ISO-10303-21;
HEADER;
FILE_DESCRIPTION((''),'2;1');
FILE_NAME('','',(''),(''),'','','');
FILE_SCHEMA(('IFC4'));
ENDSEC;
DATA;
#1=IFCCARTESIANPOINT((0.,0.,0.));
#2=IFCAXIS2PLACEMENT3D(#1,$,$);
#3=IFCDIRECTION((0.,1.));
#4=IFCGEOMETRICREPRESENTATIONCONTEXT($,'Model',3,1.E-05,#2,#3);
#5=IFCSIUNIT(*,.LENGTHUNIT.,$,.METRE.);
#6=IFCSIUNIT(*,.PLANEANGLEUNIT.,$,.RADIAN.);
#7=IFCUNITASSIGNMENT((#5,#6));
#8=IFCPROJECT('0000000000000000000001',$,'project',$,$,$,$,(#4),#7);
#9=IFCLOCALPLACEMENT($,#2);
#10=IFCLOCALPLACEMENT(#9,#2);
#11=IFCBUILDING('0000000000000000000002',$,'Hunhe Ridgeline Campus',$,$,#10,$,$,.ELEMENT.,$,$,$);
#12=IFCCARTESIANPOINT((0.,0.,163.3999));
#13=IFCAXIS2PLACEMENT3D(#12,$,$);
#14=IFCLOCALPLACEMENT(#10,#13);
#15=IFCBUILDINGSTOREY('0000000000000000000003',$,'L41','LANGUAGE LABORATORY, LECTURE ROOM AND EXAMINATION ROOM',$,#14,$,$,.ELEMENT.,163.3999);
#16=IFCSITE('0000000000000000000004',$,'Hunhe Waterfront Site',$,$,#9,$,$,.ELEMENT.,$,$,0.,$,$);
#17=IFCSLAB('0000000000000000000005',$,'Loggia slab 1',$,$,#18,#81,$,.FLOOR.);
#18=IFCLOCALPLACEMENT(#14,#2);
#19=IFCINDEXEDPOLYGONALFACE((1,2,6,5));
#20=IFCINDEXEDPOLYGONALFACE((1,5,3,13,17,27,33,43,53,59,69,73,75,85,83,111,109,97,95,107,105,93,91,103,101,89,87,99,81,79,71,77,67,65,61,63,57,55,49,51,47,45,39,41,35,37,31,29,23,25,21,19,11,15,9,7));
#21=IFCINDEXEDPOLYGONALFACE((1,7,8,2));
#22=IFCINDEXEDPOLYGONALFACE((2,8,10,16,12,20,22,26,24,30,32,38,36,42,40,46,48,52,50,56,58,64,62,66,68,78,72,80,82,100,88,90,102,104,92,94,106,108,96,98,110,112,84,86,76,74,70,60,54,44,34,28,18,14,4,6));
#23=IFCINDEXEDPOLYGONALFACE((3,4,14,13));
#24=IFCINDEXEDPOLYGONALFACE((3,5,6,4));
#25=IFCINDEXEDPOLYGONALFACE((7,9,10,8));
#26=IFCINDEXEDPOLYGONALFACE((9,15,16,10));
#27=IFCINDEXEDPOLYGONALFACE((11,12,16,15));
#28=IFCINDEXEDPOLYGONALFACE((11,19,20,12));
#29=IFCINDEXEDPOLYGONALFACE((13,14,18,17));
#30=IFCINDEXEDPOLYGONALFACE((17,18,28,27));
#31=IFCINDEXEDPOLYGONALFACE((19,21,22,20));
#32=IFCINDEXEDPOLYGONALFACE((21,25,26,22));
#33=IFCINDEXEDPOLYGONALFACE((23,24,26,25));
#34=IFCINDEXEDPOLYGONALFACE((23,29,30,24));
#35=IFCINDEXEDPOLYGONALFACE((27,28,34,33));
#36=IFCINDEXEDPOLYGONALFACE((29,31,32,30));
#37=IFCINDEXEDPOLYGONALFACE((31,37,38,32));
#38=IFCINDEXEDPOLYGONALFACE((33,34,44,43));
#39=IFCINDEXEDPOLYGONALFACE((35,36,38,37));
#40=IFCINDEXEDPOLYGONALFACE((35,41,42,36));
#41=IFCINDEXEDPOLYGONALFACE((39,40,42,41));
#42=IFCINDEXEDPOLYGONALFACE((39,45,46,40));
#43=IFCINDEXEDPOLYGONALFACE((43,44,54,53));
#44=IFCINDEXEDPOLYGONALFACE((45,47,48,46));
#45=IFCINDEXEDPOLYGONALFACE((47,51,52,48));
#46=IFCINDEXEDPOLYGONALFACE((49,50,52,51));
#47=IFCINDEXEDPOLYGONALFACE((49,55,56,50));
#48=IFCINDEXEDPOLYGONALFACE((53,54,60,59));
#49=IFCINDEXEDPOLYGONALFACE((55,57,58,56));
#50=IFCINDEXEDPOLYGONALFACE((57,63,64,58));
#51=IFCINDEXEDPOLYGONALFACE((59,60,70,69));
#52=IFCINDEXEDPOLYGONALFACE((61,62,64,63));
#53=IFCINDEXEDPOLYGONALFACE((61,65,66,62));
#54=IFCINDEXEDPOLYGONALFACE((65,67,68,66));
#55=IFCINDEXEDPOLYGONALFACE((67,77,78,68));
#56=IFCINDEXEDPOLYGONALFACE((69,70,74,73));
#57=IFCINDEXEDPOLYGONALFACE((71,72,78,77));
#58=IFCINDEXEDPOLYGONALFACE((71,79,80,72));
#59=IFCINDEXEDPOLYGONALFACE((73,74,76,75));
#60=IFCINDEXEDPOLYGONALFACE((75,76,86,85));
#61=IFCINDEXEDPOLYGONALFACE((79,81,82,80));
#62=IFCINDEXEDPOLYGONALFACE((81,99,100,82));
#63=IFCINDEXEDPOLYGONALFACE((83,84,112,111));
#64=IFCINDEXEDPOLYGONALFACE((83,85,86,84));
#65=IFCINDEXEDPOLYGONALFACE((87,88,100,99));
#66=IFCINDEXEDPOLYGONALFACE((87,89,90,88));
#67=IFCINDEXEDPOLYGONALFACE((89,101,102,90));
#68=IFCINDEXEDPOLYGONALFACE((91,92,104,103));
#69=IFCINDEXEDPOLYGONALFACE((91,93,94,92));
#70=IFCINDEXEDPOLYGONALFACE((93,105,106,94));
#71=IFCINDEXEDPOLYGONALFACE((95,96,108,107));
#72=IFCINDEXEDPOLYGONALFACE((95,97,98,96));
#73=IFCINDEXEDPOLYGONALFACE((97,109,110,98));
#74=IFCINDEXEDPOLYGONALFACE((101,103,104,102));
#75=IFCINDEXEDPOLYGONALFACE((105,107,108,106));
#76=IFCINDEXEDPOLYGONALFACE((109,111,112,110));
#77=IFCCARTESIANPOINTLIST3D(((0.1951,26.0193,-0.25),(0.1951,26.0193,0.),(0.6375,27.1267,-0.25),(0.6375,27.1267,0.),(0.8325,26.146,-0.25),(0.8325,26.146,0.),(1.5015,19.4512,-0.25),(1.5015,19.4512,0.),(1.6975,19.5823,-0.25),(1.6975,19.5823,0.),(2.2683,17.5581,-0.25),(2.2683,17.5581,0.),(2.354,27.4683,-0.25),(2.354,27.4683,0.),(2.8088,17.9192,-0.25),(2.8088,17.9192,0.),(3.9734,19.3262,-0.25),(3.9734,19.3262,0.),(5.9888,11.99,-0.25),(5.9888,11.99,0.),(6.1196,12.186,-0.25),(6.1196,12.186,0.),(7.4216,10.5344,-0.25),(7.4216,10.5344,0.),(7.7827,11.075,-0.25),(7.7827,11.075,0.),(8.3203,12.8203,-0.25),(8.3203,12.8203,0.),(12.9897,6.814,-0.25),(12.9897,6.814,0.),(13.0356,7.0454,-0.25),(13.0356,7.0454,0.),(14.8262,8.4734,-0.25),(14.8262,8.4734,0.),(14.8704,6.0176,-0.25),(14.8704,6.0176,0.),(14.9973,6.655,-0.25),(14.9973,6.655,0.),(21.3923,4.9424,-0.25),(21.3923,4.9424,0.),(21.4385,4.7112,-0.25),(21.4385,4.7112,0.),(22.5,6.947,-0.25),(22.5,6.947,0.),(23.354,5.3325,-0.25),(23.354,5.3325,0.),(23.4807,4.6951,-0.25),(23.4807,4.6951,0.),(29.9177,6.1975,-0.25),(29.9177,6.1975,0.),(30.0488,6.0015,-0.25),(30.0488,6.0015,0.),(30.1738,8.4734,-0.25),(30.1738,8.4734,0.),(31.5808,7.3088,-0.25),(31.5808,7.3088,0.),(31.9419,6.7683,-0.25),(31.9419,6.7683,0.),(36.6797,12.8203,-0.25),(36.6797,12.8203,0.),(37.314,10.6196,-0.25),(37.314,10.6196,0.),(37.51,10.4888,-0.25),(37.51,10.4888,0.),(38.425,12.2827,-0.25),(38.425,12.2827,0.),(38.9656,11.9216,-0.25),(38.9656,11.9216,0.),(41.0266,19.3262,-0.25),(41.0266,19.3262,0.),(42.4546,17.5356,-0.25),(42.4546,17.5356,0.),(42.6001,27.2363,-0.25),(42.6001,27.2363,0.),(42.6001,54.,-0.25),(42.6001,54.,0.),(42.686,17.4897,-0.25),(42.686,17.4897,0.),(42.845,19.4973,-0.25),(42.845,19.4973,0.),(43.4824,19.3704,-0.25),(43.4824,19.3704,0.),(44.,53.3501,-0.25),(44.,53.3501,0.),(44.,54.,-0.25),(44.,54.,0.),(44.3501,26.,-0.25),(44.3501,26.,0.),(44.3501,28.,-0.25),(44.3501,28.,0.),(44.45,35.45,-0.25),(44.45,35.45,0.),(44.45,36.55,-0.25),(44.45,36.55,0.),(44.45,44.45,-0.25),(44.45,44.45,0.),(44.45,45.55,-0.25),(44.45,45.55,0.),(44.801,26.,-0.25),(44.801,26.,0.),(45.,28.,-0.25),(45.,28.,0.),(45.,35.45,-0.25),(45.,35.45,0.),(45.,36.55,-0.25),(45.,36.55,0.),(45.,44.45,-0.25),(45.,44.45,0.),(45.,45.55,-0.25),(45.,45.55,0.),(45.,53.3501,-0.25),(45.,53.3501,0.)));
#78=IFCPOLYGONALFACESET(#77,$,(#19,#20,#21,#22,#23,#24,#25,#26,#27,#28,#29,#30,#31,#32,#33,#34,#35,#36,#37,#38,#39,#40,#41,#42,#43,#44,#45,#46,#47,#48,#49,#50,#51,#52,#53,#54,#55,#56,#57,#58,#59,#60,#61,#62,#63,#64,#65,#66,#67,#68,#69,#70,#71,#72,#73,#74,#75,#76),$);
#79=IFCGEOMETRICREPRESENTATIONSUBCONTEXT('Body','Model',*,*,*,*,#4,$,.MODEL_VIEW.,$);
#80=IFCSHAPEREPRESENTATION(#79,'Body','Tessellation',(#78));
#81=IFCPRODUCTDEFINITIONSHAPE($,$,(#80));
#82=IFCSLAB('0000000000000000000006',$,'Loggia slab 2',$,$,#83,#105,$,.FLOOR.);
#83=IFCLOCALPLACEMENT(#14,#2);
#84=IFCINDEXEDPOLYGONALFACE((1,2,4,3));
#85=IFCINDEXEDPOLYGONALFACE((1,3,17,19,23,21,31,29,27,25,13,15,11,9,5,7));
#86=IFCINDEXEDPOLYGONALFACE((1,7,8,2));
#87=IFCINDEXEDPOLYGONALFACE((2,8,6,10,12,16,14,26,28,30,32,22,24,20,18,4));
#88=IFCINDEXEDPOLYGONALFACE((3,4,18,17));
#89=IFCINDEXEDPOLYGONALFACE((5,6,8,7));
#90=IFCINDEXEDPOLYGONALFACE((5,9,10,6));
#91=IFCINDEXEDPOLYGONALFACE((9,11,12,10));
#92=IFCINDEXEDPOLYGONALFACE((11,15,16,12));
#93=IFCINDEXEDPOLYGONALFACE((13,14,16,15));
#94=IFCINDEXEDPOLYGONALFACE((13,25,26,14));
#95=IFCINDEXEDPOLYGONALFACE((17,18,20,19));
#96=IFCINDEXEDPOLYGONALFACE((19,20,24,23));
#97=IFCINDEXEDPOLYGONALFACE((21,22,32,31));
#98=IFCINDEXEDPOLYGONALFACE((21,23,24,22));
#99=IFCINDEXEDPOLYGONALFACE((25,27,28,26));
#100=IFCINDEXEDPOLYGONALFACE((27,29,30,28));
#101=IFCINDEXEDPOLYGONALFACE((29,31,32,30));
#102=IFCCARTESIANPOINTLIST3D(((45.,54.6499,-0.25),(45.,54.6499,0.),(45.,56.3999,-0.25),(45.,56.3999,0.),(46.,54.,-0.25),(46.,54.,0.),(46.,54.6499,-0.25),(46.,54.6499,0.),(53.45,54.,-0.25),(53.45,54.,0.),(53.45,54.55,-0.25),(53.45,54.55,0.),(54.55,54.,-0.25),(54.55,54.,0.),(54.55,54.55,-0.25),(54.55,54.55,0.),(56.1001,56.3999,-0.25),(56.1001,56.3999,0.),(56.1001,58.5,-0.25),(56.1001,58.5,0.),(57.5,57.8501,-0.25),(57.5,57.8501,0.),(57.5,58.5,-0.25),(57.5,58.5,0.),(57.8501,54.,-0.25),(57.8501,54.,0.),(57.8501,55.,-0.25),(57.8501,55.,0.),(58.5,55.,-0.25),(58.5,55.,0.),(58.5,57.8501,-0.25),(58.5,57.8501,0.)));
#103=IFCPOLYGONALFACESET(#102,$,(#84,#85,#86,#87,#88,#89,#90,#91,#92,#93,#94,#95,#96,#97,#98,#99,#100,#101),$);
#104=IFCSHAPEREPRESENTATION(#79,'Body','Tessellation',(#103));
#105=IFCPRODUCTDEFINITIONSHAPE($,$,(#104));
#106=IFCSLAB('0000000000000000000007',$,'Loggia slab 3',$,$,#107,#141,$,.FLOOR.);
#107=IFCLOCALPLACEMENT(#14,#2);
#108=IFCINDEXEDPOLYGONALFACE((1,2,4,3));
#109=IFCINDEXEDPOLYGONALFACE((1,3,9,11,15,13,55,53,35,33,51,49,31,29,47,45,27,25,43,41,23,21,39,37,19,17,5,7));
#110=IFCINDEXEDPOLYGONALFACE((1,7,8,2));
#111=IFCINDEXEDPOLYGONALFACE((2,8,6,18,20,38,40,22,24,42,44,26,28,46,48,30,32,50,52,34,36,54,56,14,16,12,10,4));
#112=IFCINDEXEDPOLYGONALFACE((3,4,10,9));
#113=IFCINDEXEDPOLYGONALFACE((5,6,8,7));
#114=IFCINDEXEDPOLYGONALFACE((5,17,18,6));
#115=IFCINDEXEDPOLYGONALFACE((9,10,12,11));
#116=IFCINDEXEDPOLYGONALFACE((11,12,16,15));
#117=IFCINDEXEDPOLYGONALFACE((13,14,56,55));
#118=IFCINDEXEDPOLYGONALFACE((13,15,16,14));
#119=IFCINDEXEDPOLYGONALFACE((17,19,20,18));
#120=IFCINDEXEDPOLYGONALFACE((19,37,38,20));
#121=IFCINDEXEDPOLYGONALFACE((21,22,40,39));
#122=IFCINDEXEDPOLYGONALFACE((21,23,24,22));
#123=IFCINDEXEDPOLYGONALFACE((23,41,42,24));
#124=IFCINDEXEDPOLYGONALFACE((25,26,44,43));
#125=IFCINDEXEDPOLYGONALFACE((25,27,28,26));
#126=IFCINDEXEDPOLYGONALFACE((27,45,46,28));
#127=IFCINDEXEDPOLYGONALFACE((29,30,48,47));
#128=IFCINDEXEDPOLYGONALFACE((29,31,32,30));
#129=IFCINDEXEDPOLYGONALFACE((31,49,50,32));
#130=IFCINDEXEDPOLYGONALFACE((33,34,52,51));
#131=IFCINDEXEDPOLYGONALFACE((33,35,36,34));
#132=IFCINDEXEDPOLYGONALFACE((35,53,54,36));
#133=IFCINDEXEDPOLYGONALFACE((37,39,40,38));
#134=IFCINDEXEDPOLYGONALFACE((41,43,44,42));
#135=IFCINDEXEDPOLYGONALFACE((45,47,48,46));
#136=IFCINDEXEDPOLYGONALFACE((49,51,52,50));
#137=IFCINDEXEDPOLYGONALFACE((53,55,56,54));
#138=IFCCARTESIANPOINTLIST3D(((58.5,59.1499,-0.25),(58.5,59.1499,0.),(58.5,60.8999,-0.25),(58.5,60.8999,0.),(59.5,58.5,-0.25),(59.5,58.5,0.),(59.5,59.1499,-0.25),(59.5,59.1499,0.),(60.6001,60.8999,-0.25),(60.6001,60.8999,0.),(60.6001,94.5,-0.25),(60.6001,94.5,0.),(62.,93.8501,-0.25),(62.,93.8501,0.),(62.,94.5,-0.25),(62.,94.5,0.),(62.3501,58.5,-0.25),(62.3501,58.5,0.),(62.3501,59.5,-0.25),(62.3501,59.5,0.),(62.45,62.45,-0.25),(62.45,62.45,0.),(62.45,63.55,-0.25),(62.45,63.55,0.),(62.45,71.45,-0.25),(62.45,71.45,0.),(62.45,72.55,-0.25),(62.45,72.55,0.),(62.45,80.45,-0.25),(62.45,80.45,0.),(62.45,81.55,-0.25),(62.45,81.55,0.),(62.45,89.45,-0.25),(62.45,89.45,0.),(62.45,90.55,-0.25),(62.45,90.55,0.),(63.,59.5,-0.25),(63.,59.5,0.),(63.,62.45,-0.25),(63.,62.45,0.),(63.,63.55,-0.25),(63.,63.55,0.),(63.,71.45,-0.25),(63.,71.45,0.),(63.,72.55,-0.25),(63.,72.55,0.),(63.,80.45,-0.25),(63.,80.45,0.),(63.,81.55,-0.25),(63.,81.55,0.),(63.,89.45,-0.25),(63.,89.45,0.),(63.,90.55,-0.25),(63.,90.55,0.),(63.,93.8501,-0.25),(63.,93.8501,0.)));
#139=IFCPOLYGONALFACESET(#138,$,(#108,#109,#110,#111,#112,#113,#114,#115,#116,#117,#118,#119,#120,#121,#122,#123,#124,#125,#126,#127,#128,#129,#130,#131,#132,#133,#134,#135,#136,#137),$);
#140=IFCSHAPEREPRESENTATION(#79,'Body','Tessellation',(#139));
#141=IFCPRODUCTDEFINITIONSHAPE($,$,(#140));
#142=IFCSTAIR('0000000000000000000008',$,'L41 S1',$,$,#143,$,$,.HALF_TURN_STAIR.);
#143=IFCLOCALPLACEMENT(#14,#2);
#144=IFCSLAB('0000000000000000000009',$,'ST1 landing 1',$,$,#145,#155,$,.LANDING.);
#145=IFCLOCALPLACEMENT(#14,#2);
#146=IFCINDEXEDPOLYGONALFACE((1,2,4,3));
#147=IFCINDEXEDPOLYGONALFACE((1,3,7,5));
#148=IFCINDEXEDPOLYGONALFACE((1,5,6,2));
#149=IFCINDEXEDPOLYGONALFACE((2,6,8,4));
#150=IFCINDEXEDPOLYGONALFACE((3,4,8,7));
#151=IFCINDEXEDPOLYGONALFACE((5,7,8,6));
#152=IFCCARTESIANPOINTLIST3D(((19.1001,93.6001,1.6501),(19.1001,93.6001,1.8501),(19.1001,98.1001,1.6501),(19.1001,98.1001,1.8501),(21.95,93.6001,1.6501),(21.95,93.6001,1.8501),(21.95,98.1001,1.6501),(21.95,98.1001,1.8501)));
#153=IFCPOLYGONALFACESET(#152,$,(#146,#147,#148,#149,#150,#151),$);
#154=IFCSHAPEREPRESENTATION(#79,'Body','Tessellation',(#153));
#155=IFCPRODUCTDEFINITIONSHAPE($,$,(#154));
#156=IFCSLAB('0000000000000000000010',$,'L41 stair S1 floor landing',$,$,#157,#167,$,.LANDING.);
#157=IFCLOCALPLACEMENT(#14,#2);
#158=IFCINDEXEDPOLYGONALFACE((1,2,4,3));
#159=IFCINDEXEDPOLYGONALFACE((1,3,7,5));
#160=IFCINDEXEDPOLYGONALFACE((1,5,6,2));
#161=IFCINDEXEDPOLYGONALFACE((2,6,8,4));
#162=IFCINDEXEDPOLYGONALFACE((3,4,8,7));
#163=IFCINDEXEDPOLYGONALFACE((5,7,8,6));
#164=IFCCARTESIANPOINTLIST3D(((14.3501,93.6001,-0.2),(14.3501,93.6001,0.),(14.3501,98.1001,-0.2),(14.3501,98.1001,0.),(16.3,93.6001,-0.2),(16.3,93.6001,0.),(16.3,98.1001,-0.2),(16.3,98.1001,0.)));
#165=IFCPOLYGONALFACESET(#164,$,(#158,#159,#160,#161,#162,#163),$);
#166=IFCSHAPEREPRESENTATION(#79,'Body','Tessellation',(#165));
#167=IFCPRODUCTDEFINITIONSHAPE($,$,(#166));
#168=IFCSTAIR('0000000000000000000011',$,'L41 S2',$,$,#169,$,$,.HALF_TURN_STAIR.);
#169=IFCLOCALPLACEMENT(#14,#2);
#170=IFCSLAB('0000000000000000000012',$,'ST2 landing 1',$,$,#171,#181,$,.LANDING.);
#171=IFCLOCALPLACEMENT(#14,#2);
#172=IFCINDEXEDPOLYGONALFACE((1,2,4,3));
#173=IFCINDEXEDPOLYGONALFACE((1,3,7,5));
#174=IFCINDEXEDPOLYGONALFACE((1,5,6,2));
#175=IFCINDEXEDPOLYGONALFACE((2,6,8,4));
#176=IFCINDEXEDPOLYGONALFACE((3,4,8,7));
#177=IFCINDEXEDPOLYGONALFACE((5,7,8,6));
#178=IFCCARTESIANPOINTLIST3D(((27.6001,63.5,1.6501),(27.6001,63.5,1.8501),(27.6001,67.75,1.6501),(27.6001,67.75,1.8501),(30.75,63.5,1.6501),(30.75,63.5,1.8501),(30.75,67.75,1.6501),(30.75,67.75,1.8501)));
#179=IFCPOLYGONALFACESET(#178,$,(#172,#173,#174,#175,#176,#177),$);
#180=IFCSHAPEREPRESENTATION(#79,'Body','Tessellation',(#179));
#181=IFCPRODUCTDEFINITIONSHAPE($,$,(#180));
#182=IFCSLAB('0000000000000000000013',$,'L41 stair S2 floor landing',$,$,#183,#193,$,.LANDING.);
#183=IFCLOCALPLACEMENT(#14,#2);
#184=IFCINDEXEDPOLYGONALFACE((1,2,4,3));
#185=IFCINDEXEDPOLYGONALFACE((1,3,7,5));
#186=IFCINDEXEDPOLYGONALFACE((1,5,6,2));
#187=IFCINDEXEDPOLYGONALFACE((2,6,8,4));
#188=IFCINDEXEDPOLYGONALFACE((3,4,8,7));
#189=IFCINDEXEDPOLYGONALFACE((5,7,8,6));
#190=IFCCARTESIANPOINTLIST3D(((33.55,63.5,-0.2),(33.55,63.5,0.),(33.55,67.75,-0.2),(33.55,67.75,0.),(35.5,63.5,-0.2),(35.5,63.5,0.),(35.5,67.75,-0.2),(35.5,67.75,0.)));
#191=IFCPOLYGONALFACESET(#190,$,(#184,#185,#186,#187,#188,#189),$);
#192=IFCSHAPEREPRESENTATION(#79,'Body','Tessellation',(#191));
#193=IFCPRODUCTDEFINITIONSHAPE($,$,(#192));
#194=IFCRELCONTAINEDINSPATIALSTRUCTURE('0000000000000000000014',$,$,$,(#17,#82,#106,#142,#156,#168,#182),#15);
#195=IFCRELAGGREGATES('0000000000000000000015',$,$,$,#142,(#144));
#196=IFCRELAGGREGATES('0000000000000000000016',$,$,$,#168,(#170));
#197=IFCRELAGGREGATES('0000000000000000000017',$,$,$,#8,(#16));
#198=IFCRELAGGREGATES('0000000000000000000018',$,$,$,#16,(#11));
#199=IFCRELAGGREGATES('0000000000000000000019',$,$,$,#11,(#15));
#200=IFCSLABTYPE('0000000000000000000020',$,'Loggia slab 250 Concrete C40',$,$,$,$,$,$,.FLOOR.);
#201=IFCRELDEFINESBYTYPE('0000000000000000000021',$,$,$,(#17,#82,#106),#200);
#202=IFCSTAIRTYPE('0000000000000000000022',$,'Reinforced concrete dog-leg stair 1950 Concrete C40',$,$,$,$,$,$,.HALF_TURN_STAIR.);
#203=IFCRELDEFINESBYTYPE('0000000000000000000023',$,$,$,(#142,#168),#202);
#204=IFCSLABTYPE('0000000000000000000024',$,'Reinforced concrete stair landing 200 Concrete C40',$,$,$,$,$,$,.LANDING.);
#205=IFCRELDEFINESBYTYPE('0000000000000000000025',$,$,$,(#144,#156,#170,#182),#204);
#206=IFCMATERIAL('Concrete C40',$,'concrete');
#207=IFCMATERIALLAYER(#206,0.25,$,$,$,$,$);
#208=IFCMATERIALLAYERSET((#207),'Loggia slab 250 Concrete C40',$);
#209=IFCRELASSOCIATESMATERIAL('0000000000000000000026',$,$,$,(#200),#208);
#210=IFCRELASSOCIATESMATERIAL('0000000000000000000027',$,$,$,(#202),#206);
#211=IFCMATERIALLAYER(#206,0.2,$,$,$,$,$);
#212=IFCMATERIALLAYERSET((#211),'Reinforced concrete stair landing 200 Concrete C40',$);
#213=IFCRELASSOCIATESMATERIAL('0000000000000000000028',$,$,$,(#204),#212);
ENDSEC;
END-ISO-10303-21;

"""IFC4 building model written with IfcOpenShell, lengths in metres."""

from ifc_helpers import new_model, si_unit, direction, frame, origin, place, context, subcontext, project, spatial, polyline, outline, extrude, material, layer, layer_set, type_object, element, aggregate, save


model = new_model("IFC4")

# Units and contexts
model_context = context("Model", 3, precision=1e-05, world=origin(), true_north=direction((0.0, 1.0)))
body_context = subcontext(model_context, "Body", "Model", "MODEL_VIEW")
ifc_project = project(units=[si_unit("LENGTHUNIT", "METRE"), si_unit("PLANEANGLEUNIT", "RADIAN")], contexts=[model_context])

# Site, building, storey
site_placement = place(None, origin())
site = spatial("IfcSite", under=ifc_project, at=site_placement, Name="Hunhe Waterfront Site", CompositionType="ELEMENT", RefElevation=0.0)
building_placement = place(site_placement, origin())
building = spatial("IfcBuilding", under=site, at=building_placement, Name="Hunhe Ridgeline Campus", CompositionType="ELEMENT")
storey_placement = place(building_placement, frame((0.0, 0.0, 163.3999)))
storey = spatial("IfcBuildingStorey", under=building, at=storey_placement, Name="L41", Description="LANGUAGE LABORATORY, LECTURE ROOM AND EXAMINATION ROOM", CompositionType="ELEMENT", Elevation=163.3999)

# Slabs
ifc_material_1 = material(Name="Concrete C40", Category="concrete")
ifc_layer_1 = layer(ifc_material_1, 0.25)
ifc_layer_set_1 = layer_set([ifc_layer_1], Name="Loggia slab 250 Concrete C40")
slab_type_1 = type_object("IfcSlabType", Name="Loggia slab 250 Concrete C40", PredefinedType="FLOOR", material=ifc_layer_set_1)
slab_1_placement = place(storey_placement, frame((0.0, 0.0, -0.25)))
element("IfcSlab", 1, at=slab_1_placement, inside=storey, type_object=slab_type_1, Name="Loggia slab 1", PredefinedType="FLOOR", context=body_context, shape_type="SweptSolid", body=[
    extrude(outline(polyline([(30.1738, 8.4734), (22.5, 6.947), (14.8262, 8.4734), (8.3203, 12.8203), (3.9734, 19.3262), (2.354, 27.4683), (0.6375, 27.1267), (0.8325, 26.146), (0.1951, 26.0193), (1.5015, 19.4512), (1.6975, 19.5823), (2.8088, 17.9192), (2.2683, 17.5581), (5.9888, 11.99), (6.1196, 12.186), (7.7827, 11.075), (7.4216, 10.5344), (12.9897, 6.814), (13.0356, 7.0454), (14.9973, 6.655), (14.8704, 6.0176), (21.4385, 4.7112), (21.3923, 4.9424), (23.354, 5.3325), (23.4807, 4.6951), (30.0488, 6.0015), (29.9177, 6.1975), (31.5808, 7.3088), (31.9419, 6.7683), (37.51, 10.4888), (37.314, 10.6196), (38.425, 12.2827), (38.9656, 11.9216), (42.686, 17.4897), (42.4546, 17.5356), (42.845, 19.4973), (43.4824, 19.3704), (44.801, 26.0), (44.3501, 26.0), (44.3501, 28.0), (45.0, 28.0), (45.0, 35.45), (44.45, 35.45), (44.45, 36.55), (45.0, 36.55), (45.0, 44.45), (44.45, 44.45), (44.45, 45.55), (45.0, 45.55), (45.0, 53.3501), (44.0, 53.3501), (44.0, 54.0), (42.6001, 54.0), (42.6001, 27.2363), (41.0266, 19.3262), (36.6797, 12.8203), (30.1738, 8.4734)])), origin(), (0.0, 0.0, 1.0), 0.25),
])
slab_2_placement = place(storey_placement, frame((0.0, 0.0, -0.25)))
element("IfcSlab", 2, at=slab_2_placement, inside=storey, type_object=slab_type_1, Name="Loggia slab 2", PredefinedType="FLOOR", context=body_context, shape_type="SweptSolid", body=[
    extrude(outline(polyline([(45.0, 54.6499), (46.0, 54.6499), (46.0, 54.0), (53.45, 54.0), (53.45, 54.55), (54.55, 54.55), (54.55, 54.0), (57.8501, 54.0), (57.8501, 55.0), (58.5, 55.0), (58.5, 57.8501), (57.5, 57.8501), (57.5, 58.5), (56.1001, 58.5), (56.1001, 56.3999), (45.0, 56.3999), (45.0, 54.6499)])), origin(), (0.0, 0.0, 1.0), 0.25),
])
slab_3_placement = place(storey_placement, frame((0.0, 0.0, -0.25)))
element("IfcSlab", 3, at=slab_3_placement, inside=storey, type_object=slab_type_1, Name="Loggia slab 3", PredefinedType="FLOOR", context=body_context, shape_type="SweptSolid", body=[
    extrude(outline(polyline([(58.5, 59.1499), (59.5, 59.1499), (59.5, 58.5), (62.3501, 58.5), (62.3501, 59.5), (63.0, 59.5), (63.0, 62.45), (62.45, 62.45), (62.45, 63.55), (63.0, 63.55), (63.0, 71.45), (62.45, 71.45), (62.45, 72.55), (63.0, 72.55), (63.0, 80.45), (62.45, 80.45), (62.45, 81.55), (63.0, 81.55), (63.0, 89.45), (62.45, 89.45), (62.45, 90.55), (63.0, 90.55), (63.0, 93.8501), (62.0, 93.8501), (62.0, 94.5), (60.6001, 94.5), (60.6001, 60.8999), (58.5, 60.8999), (58.5, 59.1499)])), origin(), (0.0, 0.0, 1.0), 0.25),
])

# Stair, slab
stair_type = type_object("IfcStairType", Name="Reinforced concrete dog-leg stair 1950 Concrete C40", PredefinedType="HALF_TURN_STAIR", material=ifc_material_1)
stair_1_placement = place(storey_placement, origin())
stair_1 = element("IfcStair", 4, at=stair_1_placement, inside=storey, type_object=stair_type, Name="L41 S1", PredefinedType="HALF_TURN_STAIR")
ifc_layer_2 = layer(ifc_material_1, 0.2)
ifc_layer_set_2 = layer_set([ifc_layer_2], Name="Reinforced concrete stair landing 200 Concrete C40")
slab_type_2 = type_object("IfcSlabType", Name="Reinforced concrete stair landing 200 Concrete C40", PredefinedType="LANDING", material=ifc_layer_set_2)
slab_4_placement = place(storey_placement, frame((0.0, 0.0, 1.6501)))
slab_4 = element("IfcSlab", 5, at=slab_4_placement, type_object=slab_type_2, Name="ST1 landing 1", PredefinedType="LANDING", context=body_context, shape_type="SweptSolid", body=[
    extrude(outline(polyline([(19.1001, 93.6001), (21.95, 93.6001), (21.95, 98.1001), (19.1001, 98.1001), (19.1001, 93.6001)])), origin(), (0.0, 0.0, 1.0), 0.2),
])
aggregate(stair_1, [slab_4])

# Slab
slab_5_placement = place(storey_placement, frame((0.0, 0.0, -0.2)))
element("IfcSlab", 6, at=slab_5_placement, inside=storey, type_object=slab_type_2, Name="L41 stair S1 floor landing", PredefinedType="LANDING", context=body_context, shape_type="SweptSolid", body=[
    extrude(outline(polyline([(14.3501, 93.6001), (16.3, 93.6001), (16.3, 98.1001), (14.3501, 98.1001), (14.3501, 93.6001)])), origin(), (0.0, 0.0, 1.0), 0.2),
])

# Stair, slab
stair_2_placement = place(storey_placement, origin())
stair_2 = element("IfcStair", 7, at=stair_2_placement, inside=storey, type_object=stair_type, Name="L41 S2", PredefinedType="HALF_TURN_STAIR")
slab_6_placement = place(storey_placement, frame((0.0, 0.0, 1.6501)))
slab_6 = element("IfcSlab", 8, at=slab_6_placement, type_object=slab_type_2, Name="ST2 landing 1", PredefinedType="LANDING", context=body_context, shape_type="SweptSolid", body=[
    extrude(outline(polyline([(30.75, 67.75), (27.6001, 67.75), (27.6001, 63.5), (30.75, 63.5), (30.75, 67.75)])), origin(), (0.0, 0.0, 1.0), 0.2),
])
aggregate(stair_2, [slab_6])

# Slab
slab_7_placement = place(storey_placement, frame((0.0, 0.0, -0.2)))
element("IfcSlab", 9, at=slab_7_placement, inside=storey, type_object=slab_type_2, Name="L41 stair S2 floor landing", PredefinedType="LANDING", context=body_context, shape_type="SweptSolid", body=[
    extrude(outline(polyline([(35.5, 67.75), (33.55, 67.75), (33.55, 63.5), (35.5, 63.5), (35.5, 67.75)])), origin(), (0.0, 0.0, 1.0), 0.2),
])

save(model, "model.ifc")
